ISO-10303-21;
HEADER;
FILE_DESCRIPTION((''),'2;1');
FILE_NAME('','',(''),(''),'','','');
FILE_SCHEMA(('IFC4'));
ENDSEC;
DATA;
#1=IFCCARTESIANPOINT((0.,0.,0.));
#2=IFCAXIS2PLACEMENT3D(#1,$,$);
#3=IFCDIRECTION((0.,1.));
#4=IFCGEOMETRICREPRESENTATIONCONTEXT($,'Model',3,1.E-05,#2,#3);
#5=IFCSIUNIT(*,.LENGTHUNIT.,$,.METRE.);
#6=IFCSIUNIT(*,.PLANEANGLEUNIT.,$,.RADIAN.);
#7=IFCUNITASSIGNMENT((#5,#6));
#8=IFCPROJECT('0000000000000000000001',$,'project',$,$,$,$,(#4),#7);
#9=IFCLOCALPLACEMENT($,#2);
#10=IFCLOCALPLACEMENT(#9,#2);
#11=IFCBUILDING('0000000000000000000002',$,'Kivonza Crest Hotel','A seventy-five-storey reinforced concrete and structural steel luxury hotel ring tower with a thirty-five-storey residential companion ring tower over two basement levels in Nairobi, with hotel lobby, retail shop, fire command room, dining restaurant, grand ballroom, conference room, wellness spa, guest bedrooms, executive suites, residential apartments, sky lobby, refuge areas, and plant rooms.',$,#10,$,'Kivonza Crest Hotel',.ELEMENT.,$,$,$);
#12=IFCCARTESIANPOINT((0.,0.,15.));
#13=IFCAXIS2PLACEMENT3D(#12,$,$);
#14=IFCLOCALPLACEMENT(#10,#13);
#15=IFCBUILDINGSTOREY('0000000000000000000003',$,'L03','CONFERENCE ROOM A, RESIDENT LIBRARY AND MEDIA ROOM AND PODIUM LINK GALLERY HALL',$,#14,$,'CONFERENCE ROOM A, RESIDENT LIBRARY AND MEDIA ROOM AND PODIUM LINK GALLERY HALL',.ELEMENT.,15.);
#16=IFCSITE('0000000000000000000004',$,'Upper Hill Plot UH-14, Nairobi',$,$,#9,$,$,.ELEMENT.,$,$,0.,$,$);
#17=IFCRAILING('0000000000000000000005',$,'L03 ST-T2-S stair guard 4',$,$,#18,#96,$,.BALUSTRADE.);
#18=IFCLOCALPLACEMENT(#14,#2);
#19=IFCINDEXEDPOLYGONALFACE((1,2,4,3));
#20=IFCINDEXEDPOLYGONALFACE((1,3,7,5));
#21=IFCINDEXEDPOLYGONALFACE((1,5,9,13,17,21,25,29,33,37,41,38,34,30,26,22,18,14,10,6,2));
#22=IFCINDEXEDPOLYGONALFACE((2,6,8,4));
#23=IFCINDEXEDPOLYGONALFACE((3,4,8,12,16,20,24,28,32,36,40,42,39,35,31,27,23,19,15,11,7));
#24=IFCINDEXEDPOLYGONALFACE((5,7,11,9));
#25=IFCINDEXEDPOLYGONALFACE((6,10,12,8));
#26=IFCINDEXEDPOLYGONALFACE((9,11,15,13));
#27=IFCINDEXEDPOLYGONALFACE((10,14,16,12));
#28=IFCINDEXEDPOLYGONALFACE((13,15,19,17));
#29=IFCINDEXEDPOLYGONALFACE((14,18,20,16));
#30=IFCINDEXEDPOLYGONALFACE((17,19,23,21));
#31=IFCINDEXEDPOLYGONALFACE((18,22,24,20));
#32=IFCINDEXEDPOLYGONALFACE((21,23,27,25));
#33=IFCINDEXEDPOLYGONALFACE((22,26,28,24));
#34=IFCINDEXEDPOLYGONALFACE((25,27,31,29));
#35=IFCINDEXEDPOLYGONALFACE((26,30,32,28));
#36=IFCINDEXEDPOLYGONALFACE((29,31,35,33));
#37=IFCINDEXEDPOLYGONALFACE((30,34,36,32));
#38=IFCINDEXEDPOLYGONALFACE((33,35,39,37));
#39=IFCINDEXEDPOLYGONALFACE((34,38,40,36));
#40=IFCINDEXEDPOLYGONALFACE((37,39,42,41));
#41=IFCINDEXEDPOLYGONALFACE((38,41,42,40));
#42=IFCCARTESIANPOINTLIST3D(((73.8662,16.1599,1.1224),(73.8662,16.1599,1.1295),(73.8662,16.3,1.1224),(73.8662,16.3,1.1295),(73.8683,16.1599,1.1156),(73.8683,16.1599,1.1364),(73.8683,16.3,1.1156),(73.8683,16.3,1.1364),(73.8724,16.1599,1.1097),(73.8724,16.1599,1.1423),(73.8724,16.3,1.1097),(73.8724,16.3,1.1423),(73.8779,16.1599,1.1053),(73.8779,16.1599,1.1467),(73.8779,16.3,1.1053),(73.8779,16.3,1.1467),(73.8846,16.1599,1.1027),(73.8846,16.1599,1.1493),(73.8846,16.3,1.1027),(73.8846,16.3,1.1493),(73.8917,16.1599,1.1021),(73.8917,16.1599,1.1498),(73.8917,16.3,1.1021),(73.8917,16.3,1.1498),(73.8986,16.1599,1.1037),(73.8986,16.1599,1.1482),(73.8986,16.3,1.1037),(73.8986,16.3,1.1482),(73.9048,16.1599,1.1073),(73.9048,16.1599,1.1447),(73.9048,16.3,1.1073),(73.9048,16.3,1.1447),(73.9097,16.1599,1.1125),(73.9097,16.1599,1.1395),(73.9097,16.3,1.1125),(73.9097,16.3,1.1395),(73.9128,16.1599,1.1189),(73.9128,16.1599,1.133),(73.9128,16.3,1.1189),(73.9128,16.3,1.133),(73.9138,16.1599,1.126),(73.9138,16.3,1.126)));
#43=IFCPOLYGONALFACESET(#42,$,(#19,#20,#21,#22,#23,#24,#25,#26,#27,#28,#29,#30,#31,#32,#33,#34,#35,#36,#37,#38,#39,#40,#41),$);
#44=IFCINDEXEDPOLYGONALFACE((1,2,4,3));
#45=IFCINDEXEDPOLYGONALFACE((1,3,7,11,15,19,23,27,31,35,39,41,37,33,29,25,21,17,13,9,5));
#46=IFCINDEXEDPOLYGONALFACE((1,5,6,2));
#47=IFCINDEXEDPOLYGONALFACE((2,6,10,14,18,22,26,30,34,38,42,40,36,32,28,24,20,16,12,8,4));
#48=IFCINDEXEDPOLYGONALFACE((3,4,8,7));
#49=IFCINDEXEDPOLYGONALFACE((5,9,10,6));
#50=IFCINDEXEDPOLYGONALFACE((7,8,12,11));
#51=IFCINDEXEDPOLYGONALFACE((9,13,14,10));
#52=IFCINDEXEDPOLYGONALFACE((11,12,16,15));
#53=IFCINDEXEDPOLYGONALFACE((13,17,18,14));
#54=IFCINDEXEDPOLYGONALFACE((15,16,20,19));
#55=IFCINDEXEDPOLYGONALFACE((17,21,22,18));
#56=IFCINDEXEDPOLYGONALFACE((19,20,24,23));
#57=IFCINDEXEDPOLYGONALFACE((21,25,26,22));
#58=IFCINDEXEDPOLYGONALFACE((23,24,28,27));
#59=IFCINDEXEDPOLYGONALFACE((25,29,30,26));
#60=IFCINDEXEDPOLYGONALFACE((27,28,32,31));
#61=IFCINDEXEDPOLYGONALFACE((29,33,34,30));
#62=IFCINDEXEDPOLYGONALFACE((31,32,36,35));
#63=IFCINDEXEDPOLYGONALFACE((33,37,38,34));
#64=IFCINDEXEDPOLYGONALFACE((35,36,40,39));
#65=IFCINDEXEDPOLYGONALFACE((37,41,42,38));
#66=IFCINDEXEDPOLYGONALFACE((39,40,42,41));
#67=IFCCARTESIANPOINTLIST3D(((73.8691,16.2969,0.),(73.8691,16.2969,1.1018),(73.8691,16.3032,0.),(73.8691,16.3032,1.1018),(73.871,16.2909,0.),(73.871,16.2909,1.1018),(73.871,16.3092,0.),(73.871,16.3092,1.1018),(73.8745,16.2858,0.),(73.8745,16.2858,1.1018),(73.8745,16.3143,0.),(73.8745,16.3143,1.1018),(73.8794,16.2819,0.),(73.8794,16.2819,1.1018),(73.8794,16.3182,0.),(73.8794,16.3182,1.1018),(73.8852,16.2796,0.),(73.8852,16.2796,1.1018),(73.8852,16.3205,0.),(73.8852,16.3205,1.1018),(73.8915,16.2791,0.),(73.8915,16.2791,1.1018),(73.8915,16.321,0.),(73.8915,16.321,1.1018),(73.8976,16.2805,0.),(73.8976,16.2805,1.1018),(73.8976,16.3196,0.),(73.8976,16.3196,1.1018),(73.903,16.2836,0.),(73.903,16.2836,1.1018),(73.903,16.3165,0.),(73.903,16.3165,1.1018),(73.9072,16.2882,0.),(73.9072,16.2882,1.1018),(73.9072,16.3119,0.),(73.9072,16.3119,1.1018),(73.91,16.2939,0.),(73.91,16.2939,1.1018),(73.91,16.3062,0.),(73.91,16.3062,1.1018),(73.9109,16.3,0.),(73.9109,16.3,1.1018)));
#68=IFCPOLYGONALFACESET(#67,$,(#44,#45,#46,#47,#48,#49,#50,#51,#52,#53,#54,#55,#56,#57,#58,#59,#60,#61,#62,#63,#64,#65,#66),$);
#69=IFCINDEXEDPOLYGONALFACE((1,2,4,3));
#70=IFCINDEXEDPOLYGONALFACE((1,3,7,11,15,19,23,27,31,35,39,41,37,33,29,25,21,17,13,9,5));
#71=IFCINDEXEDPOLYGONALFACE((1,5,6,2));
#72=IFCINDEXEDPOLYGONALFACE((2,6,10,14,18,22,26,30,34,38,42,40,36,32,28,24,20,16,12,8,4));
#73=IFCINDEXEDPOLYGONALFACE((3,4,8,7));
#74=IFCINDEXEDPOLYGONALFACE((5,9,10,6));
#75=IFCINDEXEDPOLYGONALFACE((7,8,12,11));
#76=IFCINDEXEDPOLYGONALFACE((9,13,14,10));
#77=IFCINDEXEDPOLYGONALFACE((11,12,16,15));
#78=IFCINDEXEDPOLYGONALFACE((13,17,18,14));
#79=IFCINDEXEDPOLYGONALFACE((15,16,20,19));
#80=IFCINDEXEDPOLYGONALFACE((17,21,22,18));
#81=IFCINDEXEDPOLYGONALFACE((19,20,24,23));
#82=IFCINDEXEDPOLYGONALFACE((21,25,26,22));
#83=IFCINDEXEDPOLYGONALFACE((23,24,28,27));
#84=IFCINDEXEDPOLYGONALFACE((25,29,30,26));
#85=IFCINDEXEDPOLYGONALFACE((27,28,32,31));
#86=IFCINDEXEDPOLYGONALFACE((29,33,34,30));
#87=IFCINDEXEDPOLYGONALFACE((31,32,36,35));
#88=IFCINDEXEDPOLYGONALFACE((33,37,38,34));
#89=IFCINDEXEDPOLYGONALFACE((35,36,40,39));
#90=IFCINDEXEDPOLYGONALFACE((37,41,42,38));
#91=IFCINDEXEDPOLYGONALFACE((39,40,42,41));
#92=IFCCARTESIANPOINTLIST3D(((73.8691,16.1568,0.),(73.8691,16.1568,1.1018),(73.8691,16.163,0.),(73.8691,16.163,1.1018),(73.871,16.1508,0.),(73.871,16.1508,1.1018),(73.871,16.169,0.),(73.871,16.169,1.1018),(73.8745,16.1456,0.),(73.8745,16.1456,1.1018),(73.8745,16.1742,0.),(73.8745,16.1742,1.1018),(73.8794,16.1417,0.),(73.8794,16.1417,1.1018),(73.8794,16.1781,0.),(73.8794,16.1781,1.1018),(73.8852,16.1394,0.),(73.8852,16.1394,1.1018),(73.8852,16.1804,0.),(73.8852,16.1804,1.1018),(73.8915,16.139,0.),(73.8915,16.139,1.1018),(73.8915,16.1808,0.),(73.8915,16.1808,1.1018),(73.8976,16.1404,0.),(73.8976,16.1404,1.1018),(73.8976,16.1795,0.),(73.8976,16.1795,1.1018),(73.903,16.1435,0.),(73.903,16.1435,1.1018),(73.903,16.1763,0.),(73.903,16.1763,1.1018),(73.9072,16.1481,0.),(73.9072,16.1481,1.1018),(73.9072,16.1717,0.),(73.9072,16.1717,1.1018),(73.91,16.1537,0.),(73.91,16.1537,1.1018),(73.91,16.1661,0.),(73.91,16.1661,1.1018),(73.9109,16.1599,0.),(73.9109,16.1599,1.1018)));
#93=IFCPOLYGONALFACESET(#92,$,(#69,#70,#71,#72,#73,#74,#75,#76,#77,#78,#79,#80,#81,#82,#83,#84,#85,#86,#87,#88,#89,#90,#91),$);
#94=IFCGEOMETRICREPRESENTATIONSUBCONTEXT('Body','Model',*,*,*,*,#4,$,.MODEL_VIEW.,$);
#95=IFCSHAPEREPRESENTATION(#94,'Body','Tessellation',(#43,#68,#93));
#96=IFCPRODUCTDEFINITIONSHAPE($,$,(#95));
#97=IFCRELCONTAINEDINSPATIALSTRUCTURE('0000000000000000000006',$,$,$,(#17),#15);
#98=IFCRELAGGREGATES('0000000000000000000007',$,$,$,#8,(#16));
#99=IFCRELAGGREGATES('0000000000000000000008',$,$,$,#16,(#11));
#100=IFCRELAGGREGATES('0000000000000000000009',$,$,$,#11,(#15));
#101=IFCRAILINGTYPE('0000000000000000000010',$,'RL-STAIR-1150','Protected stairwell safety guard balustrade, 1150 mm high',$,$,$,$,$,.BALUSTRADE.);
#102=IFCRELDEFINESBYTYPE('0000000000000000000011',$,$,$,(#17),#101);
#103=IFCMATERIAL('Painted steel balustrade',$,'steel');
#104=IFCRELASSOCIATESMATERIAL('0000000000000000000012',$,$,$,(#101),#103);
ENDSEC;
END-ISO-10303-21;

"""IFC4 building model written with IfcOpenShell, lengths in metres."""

from ifc_helpers import new_model, si_unit, direction, frame, origin, origin_2d, place, context, subcontext, project, spatial, circle, extrude, material, type_object, element, save


model = new_model("IFC4")

# Units and contexts
model_context = context("Model", 3, precision=1e-05, world=origin(), true_north=direction((0.0, 1.0)))
body_context = subcontext(model_context, "Body", "Model", "MODEL_VIEW")
ifc_project = project(units=[si_unit("LENGTHUNIT", "METRE"), si_unit("PLANEANGLEUNIT", "RADIAN")], contexts=[model_context])

# Site, building, storey
site_placement = place(None, origin())
site = spatial("IfcSite", under=ifc_project, at=site_placement, Name="Upper Hill Plot UH-14, Nairobi", CompositionType="ELEMENT", RefElevation=0.0)
building_placement = place(site_placement, origin())
building = spatial("IfcBuilding", under=site, at=building_placement, Name="Kivonza Crest Hotel", Description="A seventy-five-storey reinforced concrete and structural steel luxury hotel ring tower with a thirty-five-storey residential companion ring tower over two basement levels in Nairobi, with hotel lobby, retail shop, fire command room, dining restaurant, grand ballroom, conference room, wellness spa, guest bedrooms, executive suites, residential apartments, sky lobby, refuge areas, and plant rooms.", LongName="Kivonza Crest Hotel", CompositionType="ELEMENT")
storey_placement = place(building_placement, frame((0.0, 0.0, 15.0)))
storey = spatial("IfcBuildingStorey", under=building, at=storey_placement, Name="L03", Description="CONFERENCE ROOM A, RESIDENT LIBRARY AND MEDIA ROOM AND PODIUM LINK GALLERY HALL", LongName="CONFERENCE ROOM A, RESIDENT LIBRARY AND MEDIA ROOM AND PODIUM LINK GALLERY HALL", CompositionType="ELEMENT", Elevation=15.0)

# Railing
ifc_material_1 = material(Name="Painted steel balustrade", Category="steel")
railing_type_1 = type_object("IfcRailingType", Name="RL-STAIR-1150", Description="Protected stairwell safety guard balustrade, 1150 mm high", PredefinedType="BALUSTRADE", material=ifc_material_1)
railing_1_placement = place(storey_placement, frame((73.8899, 16.3, 0.0)))
element("IfcRailing", 1, at=railing_1_placement, inside=storey, type_object=railing_type_1, Name="L03 ST-T2-S stair guard 4", PredefinedType="BALUSTRADE", context=body_context, shape_type="SweptSolid", body=[
    extrude(circle(Radius=0.0239, at=origin_2d()), frame((0.0, 0.0, 1.126), z_axis=(0.0, -1.0, 0.0), x_axis=(1.0, 0.0, 0.0)), (0.0, 0.0, 1.0), 0.1401),
    extrude(circle(Radius=0.021, at=origin_2d()), origin(), (0.0, 0.0, 1.0), 1.1018),
    extrude(circle(Radius=0.021, at=origin_2d()), frame((0.0, -0.1401, 0.0)), (0.0, 0.0, 1.0), 1.1018),
])

save(model, "model.ifc")
